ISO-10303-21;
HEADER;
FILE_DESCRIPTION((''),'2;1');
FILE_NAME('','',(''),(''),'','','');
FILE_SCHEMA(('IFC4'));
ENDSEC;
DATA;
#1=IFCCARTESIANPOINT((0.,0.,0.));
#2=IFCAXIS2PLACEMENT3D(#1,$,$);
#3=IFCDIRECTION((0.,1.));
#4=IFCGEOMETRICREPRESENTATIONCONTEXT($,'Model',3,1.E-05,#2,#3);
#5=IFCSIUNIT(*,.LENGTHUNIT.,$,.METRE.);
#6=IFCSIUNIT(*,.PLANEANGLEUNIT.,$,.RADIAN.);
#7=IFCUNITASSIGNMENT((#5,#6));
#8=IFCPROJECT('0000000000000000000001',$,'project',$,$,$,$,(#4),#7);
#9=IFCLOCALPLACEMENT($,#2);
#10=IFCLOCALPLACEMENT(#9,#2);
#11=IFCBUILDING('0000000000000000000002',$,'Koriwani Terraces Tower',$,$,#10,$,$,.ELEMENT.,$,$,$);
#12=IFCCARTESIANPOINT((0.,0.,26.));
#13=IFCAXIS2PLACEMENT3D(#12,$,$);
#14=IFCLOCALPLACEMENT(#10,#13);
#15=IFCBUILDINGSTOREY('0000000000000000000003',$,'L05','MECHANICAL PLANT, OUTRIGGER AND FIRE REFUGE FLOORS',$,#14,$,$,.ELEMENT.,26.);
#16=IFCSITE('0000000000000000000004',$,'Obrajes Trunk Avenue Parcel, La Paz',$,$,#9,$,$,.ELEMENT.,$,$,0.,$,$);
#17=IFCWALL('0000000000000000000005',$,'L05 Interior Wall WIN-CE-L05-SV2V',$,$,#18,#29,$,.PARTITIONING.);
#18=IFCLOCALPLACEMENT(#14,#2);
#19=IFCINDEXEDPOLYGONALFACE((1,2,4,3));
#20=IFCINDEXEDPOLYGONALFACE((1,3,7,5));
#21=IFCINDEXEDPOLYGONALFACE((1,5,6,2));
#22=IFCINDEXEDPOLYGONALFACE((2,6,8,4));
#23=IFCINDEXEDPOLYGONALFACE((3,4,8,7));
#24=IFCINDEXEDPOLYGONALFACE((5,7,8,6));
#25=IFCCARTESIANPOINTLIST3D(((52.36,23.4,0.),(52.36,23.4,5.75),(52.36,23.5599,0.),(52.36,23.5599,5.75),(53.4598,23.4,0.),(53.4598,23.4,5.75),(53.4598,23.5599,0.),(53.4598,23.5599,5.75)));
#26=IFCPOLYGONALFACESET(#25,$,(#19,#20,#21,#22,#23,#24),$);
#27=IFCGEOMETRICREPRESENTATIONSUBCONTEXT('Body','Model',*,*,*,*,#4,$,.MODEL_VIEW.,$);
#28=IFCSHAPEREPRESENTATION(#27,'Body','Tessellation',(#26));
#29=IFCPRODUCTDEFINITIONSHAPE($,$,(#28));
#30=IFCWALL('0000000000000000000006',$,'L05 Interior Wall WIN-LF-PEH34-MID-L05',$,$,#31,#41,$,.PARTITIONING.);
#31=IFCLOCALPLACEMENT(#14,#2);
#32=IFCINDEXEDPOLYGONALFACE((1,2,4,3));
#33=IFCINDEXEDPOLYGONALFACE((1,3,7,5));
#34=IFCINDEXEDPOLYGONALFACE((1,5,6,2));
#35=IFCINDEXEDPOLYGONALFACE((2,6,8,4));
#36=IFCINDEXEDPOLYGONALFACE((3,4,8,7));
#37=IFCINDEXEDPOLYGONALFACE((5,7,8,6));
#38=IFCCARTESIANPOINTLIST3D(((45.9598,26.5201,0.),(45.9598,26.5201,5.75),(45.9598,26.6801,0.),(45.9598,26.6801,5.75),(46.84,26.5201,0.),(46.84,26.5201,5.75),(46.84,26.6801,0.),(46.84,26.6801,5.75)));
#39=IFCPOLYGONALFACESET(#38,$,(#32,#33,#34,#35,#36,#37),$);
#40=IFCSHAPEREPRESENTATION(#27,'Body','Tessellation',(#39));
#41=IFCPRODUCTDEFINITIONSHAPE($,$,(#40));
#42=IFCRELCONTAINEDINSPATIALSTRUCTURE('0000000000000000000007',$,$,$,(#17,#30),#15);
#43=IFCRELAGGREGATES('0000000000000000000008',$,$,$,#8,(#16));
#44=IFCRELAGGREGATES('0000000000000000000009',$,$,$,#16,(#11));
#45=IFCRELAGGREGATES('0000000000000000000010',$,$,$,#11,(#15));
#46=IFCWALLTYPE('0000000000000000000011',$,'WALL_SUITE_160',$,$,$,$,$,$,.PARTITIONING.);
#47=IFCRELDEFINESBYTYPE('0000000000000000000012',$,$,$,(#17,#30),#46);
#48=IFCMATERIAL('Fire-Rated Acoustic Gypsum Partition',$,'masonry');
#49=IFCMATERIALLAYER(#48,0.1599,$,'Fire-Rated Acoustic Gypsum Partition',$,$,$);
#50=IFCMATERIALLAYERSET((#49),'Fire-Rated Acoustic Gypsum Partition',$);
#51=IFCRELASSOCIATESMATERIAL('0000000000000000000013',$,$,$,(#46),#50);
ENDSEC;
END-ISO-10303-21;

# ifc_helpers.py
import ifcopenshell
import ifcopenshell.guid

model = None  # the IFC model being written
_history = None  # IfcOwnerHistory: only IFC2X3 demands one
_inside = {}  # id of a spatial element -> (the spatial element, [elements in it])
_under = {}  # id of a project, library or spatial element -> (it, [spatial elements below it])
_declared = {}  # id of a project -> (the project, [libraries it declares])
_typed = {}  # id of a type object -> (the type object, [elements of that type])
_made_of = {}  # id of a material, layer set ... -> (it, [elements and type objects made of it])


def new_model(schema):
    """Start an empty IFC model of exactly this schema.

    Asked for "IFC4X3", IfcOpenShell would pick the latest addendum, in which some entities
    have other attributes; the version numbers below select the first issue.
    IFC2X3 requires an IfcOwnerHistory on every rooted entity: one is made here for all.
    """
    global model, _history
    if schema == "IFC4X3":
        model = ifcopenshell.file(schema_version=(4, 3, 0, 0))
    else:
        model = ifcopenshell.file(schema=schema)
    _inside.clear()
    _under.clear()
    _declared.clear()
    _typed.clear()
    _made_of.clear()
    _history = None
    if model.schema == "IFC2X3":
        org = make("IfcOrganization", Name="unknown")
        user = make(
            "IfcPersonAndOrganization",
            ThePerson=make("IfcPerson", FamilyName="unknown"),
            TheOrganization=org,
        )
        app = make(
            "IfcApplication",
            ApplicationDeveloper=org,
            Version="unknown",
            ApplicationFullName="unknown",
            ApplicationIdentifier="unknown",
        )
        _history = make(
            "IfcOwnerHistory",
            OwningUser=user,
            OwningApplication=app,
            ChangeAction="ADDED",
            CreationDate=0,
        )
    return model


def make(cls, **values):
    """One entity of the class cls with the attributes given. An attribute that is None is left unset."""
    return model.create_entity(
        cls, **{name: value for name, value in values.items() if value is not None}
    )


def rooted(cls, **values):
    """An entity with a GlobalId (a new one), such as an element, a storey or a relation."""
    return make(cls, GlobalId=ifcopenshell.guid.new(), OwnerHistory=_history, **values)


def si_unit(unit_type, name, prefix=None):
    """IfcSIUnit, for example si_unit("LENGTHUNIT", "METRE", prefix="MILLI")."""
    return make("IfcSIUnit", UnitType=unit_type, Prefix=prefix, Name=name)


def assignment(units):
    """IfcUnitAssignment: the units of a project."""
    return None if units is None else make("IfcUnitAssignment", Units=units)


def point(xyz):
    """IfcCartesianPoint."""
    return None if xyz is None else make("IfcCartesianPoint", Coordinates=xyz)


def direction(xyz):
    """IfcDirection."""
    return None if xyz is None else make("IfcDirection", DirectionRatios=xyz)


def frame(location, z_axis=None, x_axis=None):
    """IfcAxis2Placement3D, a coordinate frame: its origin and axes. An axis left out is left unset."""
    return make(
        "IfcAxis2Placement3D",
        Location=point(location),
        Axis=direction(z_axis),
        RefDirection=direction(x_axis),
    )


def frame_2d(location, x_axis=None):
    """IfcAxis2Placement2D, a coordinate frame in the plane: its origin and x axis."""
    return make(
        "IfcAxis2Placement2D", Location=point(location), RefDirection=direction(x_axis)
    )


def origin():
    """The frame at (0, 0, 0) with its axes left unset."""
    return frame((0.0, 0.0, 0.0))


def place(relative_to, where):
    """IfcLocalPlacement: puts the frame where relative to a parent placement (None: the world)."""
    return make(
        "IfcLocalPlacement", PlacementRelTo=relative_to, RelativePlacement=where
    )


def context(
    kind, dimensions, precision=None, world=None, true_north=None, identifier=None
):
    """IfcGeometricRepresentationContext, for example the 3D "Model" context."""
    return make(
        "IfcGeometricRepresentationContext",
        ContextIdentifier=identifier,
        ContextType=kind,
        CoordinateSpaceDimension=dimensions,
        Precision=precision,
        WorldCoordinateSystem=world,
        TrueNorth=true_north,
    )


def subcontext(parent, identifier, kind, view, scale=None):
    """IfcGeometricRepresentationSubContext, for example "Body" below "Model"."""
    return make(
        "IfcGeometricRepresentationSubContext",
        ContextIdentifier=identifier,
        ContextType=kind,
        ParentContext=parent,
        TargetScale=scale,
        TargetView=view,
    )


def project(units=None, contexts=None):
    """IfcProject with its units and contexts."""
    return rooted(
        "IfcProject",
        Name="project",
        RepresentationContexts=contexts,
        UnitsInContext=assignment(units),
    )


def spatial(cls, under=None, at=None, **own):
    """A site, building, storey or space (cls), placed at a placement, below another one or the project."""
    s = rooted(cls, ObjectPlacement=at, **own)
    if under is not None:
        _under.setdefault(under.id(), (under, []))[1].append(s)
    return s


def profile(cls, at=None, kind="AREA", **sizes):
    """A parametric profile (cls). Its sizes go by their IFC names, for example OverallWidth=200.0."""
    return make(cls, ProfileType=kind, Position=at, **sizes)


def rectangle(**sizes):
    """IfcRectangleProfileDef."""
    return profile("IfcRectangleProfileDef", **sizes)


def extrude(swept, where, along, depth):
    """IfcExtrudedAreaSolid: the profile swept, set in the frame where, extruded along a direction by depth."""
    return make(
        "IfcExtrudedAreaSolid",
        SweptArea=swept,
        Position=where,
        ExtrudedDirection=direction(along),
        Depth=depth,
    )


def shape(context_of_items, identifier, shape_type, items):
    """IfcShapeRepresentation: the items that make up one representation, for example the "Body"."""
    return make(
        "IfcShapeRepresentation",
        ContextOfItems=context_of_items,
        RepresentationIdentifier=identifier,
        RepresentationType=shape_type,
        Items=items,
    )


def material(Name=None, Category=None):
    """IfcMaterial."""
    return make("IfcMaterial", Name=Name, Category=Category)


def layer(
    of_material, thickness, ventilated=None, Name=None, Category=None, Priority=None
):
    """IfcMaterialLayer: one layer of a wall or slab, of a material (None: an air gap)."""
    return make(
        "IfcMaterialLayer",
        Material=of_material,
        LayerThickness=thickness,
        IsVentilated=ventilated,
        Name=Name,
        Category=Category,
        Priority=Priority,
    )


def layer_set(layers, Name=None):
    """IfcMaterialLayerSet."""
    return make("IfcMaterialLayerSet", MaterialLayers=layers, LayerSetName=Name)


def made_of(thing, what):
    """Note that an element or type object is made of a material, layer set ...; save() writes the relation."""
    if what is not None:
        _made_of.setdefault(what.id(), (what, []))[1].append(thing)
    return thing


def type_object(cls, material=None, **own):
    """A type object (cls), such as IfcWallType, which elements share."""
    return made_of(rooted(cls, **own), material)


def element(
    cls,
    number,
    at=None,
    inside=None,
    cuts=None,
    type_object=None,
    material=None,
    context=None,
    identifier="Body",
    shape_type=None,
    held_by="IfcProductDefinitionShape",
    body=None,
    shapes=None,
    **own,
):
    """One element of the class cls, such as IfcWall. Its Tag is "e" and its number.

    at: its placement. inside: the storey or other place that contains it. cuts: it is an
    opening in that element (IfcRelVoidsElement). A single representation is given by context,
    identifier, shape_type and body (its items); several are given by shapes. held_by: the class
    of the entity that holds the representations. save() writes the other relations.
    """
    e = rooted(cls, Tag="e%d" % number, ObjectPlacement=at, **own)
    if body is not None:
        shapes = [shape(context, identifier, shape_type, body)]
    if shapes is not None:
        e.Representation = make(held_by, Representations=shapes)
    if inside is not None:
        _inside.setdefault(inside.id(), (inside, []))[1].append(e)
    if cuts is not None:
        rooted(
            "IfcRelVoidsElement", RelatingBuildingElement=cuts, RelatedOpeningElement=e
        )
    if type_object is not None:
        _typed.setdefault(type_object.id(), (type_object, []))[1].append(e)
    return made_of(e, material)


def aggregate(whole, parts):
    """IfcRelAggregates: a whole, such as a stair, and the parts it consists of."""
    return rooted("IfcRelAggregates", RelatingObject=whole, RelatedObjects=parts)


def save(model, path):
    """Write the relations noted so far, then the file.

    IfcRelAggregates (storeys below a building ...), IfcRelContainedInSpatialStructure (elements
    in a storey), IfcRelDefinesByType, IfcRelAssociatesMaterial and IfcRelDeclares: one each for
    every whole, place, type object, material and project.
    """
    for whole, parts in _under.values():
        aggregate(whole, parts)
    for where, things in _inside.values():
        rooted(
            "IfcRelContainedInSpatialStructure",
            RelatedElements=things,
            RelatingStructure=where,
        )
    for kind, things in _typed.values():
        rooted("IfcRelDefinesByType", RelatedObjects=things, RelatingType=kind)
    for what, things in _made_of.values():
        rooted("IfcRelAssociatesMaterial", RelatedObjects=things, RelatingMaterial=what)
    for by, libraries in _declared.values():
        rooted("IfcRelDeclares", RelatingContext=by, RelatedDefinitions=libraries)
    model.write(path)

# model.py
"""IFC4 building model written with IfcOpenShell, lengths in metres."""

from ifc_helpers import new_model, si_unit, direction, frame, frame_2d, origin, place, context, subcontext, project, spatial, rectangle, extrude, material, layer, layer_set, type_object, element, save


model = new_model("IFC4")

# Units and contexts
model_context = context("Model", 3, precision=1e-05, world=origin(), true_north=direction((0.0, 1.0)))
body_context = subcontext(model_context, "Body", "Model", "MODEL_VIEW")
ifc_project = project(units=[si_unit("LENGTHUNIT", "METRE"), si_unit("PLANEANGLEUNIT", "RADIAN")], contexts=[model_context])

# Site, building, storey
site_placement = place(None, origin())
site = spatial("IfcSite", under=ifc_project, at=site_placement, Name="Obrajes Trunk Avenue Parcel, La Paz", CompositionType="ELEMENT", RefElevation=0.0)
building_placement = place(site_placement, origin())
building = spatial("IfcBuilding", under=site, at=building_placement, Name="Koriwani Terraces Tower", CompositionType="ELEMENT")
storey_placement = place(building_placement, frame((0.0, 0.0, 26.0)))
storey = spatial("IfcBuildingStorey", under=building, at=storey_placement, Name="L05", Description="MECHANICAL PLANT, OUTRIGGER AND FIRE REFUGE FLOORS", CompositionType="ELEMENT", Elevation=26.0)

# Walls
ifc_material_1 = material(Name="Fire-Rated Acoustic Gypsum Partition", Category="masonry")
ifc_layer_1 = layer(ifc_material_1, 0.1599, Name="Fire-Rated Acoustic Gypsum Partition")
ifc_layer_set_1 = layer_set([ifc_layer_1], Name="Fire-Rated Acoustic Gypsum Partition")
wall_type_1 = type_object("IfcWallType", Name="WALL_SUITE_160", PredefinedType="PARTITIONING", material=ifc_layer_set_1)
wall_1_placement = place(storey_placement, frame((52.3601, 23.48, 0.0), z_axis=(0.0, 0.0, 1.0), x_axis=(1.0, 0.0, 0.0)))
element("IfcWall", 1, at=wall_1_placement, inside=storey, type_object=wall_type_1, Name="L05 Interior Wall WIN-CE-L05-SV2V", PredefinedType="PARTITIONING", context=body_context, shape_type="SweptSolid", body=[
    extrude(rectangle(XDim=1.0999, YDim=0.1599, at=frame_2d((0.5498, 0.0))), origin(), (0.0, 0.0, 1.0), 5.75),
])
wall_2_placement = place(storey_placement, frame((45.96, 26.6001, 0.0), z_axis=(0.0, 0.0, 1.0), x_axis=(1.0, 0.0, 0.0)))
element("IfcWall", 2, at=wall_2_placement, inside=storey, type_object=wall_type_1, Name="L05 Interior Wall WIN-LF-PEH34-MID-L05", PredefinedType="PARTITIONING", context=body_context, shape_type="SweptSolid", body=[
    extrude(rectangle(XDim=0.8801, YDim=0.1599, at=frame_2d((0.4399, 0.0))), origin(), (0.0, 0.0, 1.0), 5.75),
])

save(model, "model.ifc")
